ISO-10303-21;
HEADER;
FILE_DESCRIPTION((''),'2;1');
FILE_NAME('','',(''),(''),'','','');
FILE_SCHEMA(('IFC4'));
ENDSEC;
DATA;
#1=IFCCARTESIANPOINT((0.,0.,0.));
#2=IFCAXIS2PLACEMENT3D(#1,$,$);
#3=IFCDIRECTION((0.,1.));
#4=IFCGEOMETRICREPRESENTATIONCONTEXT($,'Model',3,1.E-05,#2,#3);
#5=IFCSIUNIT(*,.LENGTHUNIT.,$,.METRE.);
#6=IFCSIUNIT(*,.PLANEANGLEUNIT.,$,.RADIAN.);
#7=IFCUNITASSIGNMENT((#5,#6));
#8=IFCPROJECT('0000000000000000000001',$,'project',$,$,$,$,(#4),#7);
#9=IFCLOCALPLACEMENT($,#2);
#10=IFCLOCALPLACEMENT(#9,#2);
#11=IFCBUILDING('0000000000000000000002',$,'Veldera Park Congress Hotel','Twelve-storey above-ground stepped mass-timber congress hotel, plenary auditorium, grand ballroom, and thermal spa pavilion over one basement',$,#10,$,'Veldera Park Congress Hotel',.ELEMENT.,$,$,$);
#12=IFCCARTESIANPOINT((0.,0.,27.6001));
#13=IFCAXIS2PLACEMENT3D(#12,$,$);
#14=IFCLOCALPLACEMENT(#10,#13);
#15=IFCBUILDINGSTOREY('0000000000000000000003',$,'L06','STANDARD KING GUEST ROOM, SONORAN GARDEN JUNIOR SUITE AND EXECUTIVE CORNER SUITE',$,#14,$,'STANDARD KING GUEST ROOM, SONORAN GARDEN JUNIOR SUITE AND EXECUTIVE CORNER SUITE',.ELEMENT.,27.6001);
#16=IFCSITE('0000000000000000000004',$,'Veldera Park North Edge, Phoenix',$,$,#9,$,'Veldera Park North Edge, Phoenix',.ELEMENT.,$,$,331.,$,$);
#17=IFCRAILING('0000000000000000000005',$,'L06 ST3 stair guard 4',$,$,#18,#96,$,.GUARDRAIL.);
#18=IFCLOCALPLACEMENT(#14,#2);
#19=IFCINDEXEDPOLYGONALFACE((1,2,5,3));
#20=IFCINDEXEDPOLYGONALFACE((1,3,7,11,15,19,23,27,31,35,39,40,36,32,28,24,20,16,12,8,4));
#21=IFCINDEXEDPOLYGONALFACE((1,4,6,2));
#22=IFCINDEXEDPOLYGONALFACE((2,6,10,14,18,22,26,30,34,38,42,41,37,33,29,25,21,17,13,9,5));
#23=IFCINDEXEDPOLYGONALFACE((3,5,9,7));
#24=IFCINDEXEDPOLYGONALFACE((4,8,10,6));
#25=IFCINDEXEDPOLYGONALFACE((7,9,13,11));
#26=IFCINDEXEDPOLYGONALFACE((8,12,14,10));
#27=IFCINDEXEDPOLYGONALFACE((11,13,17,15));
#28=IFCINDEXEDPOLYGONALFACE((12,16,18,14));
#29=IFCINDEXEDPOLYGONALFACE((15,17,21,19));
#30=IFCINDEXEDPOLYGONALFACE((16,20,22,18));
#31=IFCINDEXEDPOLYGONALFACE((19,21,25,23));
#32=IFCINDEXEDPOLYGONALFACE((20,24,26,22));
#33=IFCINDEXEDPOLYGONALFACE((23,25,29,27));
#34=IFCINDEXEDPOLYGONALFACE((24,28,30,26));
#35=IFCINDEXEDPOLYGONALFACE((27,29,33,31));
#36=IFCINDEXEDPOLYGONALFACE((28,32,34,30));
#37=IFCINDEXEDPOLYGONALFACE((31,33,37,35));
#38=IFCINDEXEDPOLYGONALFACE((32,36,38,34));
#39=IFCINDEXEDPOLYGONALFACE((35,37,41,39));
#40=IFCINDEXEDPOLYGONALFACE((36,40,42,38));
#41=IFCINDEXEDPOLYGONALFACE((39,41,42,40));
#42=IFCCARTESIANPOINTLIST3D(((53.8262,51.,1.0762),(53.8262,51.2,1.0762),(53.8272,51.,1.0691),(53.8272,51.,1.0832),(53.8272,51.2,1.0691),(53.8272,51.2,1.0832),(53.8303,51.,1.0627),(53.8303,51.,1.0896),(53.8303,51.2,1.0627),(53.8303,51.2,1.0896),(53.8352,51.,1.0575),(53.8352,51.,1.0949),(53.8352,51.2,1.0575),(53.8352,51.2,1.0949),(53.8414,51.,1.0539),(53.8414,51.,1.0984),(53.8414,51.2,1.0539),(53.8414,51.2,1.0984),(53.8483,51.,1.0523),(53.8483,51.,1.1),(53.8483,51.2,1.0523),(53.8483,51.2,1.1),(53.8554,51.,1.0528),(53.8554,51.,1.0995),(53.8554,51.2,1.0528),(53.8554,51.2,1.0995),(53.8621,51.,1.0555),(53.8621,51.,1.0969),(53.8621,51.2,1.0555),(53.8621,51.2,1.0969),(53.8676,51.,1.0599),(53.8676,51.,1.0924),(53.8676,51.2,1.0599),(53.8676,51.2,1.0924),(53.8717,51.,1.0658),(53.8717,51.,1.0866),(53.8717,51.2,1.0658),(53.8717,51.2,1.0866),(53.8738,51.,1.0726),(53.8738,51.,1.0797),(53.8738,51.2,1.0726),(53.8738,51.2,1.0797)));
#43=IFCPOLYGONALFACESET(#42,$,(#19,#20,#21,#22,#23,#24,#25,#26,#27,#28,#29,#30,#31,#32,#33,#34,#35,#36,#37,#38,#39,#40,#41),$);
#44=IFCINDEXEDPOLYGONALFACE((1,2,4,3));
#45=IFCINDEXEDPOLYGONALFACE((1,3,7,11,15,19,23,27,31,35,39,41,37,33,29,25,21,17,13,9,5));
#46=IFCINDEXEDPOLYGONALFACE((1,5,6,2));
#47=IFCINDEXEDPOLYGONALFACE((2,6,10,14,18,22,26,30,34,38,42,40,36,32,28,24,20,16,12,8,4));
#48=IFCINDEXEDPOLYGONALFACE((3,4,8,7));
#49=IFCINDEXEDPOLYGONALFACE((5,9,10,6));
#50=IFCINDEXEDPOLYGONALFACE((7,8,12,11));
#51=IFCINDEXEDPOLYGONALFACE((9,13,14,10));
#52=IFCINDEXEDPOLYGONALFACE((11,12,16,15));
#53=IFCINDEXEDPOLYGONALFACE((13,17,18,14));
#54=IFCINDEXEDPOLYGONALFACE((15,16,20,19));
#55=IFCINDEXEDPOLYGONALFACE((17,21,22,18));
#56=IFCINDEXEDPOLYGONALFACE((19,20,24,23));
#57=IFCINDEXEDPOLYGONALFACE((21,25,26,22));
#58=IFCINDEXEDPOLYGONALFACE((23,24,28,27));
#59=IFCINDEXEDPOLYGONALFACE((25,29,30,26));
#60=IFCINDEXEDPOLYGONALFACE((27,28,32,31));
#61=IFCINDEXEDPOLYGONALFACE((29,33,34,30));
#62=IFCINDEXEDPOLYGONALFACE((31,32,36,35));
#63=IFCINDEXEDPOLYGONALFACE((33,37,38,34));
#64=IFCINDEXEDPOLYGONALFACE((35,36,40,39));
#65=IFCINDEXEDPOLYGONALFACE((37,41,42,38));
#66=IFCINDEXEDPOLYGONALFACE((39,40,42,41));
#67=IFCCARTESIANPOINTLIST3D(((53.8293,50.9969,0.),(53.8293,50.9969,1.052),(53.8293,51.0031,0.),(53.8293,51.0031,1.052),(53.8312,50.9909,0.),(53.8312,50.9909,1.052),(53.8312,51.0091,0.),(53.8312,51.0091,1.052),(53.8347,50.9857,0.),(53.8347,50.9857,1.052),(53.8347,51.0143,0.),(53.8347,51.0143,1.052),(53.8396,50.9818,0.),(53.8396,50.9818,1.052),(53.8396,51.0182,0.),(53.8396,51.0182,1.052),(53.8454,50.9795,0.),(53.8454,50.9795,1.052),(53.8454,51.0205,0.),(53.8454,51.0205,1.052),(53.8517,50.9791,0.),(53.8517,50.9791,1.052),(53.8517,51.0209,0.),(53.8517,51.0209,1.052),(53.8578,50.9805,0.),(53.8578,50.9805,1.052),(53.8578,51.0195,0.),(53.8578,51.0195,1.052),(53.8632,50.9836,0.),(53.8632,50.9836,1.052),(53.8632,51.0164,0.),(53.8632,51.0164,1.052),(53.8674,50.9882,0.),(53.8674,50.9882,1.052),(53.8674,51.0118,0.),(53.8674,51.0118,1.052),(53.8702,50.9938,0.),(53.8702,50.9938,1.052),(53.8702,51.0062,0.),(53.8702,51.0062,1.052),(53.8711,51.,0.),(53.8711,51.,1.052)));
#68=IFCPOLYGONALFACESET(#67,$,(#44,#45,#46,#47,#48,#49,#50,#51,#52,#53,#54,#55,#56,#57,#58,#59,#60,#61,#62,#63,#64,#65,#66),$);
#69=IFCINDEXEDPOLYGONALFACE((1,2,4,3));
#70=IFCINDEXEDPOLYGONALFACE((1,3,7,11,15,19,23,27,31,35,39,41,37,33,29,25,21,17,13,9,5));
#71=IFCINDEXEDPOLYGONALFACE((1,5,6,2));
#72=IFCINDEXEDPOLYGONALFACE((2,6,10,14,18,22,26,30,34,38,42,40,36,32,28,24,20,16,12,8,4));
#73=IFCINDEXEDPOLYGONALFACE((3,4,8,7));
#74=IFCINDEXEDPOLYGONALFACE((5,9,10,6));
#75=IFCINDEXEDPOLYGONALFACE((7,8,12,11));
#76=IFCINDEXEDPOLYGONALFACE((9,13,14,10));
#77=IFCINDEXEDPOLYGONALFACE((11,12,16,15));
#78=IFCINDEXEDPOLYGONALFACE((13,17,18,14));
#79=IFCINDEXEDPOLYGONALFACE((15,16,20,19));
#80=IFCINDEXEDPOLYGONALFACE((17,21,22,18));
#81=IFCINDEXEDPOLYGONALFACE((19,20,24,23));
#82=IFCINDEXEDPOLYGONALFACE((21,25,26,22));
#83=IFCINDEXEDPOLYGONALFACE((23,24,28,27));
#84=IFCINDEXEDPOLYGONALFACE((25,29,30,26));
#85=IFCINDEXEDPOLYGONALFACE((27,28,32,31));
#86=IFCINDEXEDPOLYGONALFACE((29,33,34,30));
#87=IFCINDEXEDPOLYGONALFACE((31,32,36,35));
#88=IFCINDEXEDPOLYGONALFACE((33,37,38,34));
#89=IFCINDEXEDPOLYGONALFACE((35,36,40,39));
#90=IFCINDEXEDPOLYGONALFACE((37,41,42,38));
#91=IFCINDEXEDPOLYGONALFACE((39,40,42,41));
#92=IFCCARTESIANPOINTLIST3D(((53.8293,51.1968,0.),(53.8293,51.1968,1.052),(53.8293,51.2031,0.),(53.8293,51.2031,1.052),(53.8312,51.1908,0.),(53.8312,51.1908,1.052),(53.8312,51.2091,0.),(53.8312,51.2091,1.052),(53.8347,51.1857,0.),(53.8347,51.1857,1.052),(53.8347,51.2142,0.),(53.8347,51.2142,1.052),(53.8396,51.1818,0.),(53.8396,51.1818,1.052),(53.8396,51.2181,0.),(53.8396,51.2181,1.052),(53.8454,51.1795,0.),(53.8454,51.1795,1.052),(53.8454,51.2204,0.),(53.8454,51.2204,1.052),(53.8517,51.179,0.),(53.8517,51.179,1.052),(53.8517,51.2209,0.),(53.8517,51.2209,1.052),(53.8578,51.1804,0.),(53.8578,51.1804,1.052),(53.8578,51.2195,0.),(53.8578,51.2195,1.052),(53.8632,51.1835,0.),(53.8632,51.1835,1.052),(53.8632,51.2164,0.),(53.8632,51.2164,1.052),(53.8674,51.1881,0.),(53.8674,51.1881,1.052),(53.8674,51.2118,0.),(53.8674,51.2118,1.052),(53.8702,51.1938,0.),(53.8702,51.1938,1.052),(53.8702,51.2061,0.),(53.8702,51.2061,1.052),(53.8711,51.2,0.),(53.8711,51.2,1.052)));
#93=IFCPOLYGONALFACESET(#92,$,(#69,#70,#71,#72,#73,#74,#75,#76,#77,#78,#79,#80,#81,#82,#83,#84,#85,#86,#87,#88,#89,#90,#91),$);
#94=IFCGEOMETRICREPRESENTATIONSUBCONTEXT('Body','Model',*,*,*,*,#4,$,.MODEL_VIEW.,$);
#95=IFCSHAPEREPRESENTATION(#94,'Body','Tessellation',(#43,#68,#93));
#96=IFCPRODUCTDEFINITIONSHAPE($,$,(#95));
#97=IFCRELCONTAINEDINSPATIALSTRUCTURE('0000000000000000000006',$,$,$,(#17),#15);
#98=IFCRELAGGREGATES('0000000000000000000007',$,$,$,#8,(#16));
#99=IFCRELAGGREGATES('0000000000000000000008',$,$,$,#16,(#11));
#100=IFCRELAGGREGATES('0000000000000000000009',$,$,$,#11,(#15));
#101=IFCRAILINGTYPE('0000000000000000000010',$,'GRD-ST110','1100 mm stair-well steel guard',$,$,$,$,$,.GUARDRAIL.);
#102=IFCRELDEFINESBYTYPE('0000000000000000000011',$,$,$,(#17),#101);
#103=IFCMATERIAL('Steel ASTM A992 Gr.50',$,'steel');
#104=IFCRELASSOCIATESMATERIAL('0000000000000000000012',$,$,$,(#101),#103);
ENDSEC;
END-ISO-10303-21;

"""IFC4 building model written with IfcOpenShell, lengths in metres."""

from ifc_helpers import new_model, si_unit, direction, frame, origin, origin_2d, place, context, subcontext, project, spatial, circle, extrude, material, type_object, element, save


model = new_model("IFC4")

# Units and contexts
model_context = context("Model", 3, precision=1e-05, world=origin(), true_north=direction((0.0, 1.0)))
body_context = subcontext(model_context, "Body", "Model", "MODEL_VIEW")
ifc_project = project(units=[si_unit("LENGTHUNIT", "METRE"), si_unit("PLANEANGLEUNIT", "RADIAN")], contexts=[model_context])

# Site, building, storey
site_placement = place(None, origin())
site = spatial("IfcSite", under=ifc_project, at=site_placement, Name="Veldera Park North Edge, Phoenix", LongName="Veldera Park North Edge, Phoenix", CompositionType="ELEMENT", RefElevation=331.0)
building_placement = place(site_placement, origin())
building = spatial("IfcBuilding", under=site, at=building_placement, Name="Veldera Park Congress Hotel", Description="Twelve-storey above-ground stepped mass-timber congress hotel, plenary auditorium, grand ballroom, and thermal spa pavilion over one basement", LongName="Veldera Park Congress Hotel", CompositionType="ELEMENT")
storey_placement = place(building_placement, frame((0.0, 0.0, 27.6001)))
storey = spatial("IfcBuildingStorey", under=building, at=storey_placement, Name="L06", Description="STANDARD KING GUEST ROOM, SONORAN GARDEN JUNIOR SUITE AND EXECUTIVE CORNER SUITE", LongName="STANDARD KING GUEST ROOM, SONORAN GARDEN JUNIOR SUITE AND EXECUTIVE CORNER SUITE", CompositionType="ELEMENT", Elevation=27.6001)

# Railing
ifc_material_1 = material(Name="Steel ASTM A992 Gr.50", Category="steel")
railing_type_1 = type_object("IfcRailingType", Name="GRD-ST110", Description="1100 mm stair-well steel guard", PredefinedType="GUARDRAIL", material=ifc_material_1)
railing_1_placement = place(storey_placement, frame((53.8501, 51.0, 0.0)))
element("IfcRailing", 1, at=railing_1_placement, inside=storey, type_object=railing_type_1, Name="L06 ST3 stair guard 4", PredefinedType="GUARDRAIL", context=body_context, shape_type="SweptSolid", body=[
    extrude(circle(Radius=0.0239, at=origin_2d()), frame((0.0, 0.0, 1.0762), z_axis=(0.0, 1.0, 0.0), x_axis=(-1.0, 0.0, 0.0)), (0.0, 0.0, 1.0), 0.2),
    extrude(circle(Radius=0.021, at=origin_2d()), origin(), (0.0, 0.0, 1.0), 1.052),
    extrude(circle(Radius=0.021, at=origin_2d()), frame((0.0, 0.2, 0.0)), (0.0, 0.0, 1.0), 1.052),
])

save(model, "model.ifc")
